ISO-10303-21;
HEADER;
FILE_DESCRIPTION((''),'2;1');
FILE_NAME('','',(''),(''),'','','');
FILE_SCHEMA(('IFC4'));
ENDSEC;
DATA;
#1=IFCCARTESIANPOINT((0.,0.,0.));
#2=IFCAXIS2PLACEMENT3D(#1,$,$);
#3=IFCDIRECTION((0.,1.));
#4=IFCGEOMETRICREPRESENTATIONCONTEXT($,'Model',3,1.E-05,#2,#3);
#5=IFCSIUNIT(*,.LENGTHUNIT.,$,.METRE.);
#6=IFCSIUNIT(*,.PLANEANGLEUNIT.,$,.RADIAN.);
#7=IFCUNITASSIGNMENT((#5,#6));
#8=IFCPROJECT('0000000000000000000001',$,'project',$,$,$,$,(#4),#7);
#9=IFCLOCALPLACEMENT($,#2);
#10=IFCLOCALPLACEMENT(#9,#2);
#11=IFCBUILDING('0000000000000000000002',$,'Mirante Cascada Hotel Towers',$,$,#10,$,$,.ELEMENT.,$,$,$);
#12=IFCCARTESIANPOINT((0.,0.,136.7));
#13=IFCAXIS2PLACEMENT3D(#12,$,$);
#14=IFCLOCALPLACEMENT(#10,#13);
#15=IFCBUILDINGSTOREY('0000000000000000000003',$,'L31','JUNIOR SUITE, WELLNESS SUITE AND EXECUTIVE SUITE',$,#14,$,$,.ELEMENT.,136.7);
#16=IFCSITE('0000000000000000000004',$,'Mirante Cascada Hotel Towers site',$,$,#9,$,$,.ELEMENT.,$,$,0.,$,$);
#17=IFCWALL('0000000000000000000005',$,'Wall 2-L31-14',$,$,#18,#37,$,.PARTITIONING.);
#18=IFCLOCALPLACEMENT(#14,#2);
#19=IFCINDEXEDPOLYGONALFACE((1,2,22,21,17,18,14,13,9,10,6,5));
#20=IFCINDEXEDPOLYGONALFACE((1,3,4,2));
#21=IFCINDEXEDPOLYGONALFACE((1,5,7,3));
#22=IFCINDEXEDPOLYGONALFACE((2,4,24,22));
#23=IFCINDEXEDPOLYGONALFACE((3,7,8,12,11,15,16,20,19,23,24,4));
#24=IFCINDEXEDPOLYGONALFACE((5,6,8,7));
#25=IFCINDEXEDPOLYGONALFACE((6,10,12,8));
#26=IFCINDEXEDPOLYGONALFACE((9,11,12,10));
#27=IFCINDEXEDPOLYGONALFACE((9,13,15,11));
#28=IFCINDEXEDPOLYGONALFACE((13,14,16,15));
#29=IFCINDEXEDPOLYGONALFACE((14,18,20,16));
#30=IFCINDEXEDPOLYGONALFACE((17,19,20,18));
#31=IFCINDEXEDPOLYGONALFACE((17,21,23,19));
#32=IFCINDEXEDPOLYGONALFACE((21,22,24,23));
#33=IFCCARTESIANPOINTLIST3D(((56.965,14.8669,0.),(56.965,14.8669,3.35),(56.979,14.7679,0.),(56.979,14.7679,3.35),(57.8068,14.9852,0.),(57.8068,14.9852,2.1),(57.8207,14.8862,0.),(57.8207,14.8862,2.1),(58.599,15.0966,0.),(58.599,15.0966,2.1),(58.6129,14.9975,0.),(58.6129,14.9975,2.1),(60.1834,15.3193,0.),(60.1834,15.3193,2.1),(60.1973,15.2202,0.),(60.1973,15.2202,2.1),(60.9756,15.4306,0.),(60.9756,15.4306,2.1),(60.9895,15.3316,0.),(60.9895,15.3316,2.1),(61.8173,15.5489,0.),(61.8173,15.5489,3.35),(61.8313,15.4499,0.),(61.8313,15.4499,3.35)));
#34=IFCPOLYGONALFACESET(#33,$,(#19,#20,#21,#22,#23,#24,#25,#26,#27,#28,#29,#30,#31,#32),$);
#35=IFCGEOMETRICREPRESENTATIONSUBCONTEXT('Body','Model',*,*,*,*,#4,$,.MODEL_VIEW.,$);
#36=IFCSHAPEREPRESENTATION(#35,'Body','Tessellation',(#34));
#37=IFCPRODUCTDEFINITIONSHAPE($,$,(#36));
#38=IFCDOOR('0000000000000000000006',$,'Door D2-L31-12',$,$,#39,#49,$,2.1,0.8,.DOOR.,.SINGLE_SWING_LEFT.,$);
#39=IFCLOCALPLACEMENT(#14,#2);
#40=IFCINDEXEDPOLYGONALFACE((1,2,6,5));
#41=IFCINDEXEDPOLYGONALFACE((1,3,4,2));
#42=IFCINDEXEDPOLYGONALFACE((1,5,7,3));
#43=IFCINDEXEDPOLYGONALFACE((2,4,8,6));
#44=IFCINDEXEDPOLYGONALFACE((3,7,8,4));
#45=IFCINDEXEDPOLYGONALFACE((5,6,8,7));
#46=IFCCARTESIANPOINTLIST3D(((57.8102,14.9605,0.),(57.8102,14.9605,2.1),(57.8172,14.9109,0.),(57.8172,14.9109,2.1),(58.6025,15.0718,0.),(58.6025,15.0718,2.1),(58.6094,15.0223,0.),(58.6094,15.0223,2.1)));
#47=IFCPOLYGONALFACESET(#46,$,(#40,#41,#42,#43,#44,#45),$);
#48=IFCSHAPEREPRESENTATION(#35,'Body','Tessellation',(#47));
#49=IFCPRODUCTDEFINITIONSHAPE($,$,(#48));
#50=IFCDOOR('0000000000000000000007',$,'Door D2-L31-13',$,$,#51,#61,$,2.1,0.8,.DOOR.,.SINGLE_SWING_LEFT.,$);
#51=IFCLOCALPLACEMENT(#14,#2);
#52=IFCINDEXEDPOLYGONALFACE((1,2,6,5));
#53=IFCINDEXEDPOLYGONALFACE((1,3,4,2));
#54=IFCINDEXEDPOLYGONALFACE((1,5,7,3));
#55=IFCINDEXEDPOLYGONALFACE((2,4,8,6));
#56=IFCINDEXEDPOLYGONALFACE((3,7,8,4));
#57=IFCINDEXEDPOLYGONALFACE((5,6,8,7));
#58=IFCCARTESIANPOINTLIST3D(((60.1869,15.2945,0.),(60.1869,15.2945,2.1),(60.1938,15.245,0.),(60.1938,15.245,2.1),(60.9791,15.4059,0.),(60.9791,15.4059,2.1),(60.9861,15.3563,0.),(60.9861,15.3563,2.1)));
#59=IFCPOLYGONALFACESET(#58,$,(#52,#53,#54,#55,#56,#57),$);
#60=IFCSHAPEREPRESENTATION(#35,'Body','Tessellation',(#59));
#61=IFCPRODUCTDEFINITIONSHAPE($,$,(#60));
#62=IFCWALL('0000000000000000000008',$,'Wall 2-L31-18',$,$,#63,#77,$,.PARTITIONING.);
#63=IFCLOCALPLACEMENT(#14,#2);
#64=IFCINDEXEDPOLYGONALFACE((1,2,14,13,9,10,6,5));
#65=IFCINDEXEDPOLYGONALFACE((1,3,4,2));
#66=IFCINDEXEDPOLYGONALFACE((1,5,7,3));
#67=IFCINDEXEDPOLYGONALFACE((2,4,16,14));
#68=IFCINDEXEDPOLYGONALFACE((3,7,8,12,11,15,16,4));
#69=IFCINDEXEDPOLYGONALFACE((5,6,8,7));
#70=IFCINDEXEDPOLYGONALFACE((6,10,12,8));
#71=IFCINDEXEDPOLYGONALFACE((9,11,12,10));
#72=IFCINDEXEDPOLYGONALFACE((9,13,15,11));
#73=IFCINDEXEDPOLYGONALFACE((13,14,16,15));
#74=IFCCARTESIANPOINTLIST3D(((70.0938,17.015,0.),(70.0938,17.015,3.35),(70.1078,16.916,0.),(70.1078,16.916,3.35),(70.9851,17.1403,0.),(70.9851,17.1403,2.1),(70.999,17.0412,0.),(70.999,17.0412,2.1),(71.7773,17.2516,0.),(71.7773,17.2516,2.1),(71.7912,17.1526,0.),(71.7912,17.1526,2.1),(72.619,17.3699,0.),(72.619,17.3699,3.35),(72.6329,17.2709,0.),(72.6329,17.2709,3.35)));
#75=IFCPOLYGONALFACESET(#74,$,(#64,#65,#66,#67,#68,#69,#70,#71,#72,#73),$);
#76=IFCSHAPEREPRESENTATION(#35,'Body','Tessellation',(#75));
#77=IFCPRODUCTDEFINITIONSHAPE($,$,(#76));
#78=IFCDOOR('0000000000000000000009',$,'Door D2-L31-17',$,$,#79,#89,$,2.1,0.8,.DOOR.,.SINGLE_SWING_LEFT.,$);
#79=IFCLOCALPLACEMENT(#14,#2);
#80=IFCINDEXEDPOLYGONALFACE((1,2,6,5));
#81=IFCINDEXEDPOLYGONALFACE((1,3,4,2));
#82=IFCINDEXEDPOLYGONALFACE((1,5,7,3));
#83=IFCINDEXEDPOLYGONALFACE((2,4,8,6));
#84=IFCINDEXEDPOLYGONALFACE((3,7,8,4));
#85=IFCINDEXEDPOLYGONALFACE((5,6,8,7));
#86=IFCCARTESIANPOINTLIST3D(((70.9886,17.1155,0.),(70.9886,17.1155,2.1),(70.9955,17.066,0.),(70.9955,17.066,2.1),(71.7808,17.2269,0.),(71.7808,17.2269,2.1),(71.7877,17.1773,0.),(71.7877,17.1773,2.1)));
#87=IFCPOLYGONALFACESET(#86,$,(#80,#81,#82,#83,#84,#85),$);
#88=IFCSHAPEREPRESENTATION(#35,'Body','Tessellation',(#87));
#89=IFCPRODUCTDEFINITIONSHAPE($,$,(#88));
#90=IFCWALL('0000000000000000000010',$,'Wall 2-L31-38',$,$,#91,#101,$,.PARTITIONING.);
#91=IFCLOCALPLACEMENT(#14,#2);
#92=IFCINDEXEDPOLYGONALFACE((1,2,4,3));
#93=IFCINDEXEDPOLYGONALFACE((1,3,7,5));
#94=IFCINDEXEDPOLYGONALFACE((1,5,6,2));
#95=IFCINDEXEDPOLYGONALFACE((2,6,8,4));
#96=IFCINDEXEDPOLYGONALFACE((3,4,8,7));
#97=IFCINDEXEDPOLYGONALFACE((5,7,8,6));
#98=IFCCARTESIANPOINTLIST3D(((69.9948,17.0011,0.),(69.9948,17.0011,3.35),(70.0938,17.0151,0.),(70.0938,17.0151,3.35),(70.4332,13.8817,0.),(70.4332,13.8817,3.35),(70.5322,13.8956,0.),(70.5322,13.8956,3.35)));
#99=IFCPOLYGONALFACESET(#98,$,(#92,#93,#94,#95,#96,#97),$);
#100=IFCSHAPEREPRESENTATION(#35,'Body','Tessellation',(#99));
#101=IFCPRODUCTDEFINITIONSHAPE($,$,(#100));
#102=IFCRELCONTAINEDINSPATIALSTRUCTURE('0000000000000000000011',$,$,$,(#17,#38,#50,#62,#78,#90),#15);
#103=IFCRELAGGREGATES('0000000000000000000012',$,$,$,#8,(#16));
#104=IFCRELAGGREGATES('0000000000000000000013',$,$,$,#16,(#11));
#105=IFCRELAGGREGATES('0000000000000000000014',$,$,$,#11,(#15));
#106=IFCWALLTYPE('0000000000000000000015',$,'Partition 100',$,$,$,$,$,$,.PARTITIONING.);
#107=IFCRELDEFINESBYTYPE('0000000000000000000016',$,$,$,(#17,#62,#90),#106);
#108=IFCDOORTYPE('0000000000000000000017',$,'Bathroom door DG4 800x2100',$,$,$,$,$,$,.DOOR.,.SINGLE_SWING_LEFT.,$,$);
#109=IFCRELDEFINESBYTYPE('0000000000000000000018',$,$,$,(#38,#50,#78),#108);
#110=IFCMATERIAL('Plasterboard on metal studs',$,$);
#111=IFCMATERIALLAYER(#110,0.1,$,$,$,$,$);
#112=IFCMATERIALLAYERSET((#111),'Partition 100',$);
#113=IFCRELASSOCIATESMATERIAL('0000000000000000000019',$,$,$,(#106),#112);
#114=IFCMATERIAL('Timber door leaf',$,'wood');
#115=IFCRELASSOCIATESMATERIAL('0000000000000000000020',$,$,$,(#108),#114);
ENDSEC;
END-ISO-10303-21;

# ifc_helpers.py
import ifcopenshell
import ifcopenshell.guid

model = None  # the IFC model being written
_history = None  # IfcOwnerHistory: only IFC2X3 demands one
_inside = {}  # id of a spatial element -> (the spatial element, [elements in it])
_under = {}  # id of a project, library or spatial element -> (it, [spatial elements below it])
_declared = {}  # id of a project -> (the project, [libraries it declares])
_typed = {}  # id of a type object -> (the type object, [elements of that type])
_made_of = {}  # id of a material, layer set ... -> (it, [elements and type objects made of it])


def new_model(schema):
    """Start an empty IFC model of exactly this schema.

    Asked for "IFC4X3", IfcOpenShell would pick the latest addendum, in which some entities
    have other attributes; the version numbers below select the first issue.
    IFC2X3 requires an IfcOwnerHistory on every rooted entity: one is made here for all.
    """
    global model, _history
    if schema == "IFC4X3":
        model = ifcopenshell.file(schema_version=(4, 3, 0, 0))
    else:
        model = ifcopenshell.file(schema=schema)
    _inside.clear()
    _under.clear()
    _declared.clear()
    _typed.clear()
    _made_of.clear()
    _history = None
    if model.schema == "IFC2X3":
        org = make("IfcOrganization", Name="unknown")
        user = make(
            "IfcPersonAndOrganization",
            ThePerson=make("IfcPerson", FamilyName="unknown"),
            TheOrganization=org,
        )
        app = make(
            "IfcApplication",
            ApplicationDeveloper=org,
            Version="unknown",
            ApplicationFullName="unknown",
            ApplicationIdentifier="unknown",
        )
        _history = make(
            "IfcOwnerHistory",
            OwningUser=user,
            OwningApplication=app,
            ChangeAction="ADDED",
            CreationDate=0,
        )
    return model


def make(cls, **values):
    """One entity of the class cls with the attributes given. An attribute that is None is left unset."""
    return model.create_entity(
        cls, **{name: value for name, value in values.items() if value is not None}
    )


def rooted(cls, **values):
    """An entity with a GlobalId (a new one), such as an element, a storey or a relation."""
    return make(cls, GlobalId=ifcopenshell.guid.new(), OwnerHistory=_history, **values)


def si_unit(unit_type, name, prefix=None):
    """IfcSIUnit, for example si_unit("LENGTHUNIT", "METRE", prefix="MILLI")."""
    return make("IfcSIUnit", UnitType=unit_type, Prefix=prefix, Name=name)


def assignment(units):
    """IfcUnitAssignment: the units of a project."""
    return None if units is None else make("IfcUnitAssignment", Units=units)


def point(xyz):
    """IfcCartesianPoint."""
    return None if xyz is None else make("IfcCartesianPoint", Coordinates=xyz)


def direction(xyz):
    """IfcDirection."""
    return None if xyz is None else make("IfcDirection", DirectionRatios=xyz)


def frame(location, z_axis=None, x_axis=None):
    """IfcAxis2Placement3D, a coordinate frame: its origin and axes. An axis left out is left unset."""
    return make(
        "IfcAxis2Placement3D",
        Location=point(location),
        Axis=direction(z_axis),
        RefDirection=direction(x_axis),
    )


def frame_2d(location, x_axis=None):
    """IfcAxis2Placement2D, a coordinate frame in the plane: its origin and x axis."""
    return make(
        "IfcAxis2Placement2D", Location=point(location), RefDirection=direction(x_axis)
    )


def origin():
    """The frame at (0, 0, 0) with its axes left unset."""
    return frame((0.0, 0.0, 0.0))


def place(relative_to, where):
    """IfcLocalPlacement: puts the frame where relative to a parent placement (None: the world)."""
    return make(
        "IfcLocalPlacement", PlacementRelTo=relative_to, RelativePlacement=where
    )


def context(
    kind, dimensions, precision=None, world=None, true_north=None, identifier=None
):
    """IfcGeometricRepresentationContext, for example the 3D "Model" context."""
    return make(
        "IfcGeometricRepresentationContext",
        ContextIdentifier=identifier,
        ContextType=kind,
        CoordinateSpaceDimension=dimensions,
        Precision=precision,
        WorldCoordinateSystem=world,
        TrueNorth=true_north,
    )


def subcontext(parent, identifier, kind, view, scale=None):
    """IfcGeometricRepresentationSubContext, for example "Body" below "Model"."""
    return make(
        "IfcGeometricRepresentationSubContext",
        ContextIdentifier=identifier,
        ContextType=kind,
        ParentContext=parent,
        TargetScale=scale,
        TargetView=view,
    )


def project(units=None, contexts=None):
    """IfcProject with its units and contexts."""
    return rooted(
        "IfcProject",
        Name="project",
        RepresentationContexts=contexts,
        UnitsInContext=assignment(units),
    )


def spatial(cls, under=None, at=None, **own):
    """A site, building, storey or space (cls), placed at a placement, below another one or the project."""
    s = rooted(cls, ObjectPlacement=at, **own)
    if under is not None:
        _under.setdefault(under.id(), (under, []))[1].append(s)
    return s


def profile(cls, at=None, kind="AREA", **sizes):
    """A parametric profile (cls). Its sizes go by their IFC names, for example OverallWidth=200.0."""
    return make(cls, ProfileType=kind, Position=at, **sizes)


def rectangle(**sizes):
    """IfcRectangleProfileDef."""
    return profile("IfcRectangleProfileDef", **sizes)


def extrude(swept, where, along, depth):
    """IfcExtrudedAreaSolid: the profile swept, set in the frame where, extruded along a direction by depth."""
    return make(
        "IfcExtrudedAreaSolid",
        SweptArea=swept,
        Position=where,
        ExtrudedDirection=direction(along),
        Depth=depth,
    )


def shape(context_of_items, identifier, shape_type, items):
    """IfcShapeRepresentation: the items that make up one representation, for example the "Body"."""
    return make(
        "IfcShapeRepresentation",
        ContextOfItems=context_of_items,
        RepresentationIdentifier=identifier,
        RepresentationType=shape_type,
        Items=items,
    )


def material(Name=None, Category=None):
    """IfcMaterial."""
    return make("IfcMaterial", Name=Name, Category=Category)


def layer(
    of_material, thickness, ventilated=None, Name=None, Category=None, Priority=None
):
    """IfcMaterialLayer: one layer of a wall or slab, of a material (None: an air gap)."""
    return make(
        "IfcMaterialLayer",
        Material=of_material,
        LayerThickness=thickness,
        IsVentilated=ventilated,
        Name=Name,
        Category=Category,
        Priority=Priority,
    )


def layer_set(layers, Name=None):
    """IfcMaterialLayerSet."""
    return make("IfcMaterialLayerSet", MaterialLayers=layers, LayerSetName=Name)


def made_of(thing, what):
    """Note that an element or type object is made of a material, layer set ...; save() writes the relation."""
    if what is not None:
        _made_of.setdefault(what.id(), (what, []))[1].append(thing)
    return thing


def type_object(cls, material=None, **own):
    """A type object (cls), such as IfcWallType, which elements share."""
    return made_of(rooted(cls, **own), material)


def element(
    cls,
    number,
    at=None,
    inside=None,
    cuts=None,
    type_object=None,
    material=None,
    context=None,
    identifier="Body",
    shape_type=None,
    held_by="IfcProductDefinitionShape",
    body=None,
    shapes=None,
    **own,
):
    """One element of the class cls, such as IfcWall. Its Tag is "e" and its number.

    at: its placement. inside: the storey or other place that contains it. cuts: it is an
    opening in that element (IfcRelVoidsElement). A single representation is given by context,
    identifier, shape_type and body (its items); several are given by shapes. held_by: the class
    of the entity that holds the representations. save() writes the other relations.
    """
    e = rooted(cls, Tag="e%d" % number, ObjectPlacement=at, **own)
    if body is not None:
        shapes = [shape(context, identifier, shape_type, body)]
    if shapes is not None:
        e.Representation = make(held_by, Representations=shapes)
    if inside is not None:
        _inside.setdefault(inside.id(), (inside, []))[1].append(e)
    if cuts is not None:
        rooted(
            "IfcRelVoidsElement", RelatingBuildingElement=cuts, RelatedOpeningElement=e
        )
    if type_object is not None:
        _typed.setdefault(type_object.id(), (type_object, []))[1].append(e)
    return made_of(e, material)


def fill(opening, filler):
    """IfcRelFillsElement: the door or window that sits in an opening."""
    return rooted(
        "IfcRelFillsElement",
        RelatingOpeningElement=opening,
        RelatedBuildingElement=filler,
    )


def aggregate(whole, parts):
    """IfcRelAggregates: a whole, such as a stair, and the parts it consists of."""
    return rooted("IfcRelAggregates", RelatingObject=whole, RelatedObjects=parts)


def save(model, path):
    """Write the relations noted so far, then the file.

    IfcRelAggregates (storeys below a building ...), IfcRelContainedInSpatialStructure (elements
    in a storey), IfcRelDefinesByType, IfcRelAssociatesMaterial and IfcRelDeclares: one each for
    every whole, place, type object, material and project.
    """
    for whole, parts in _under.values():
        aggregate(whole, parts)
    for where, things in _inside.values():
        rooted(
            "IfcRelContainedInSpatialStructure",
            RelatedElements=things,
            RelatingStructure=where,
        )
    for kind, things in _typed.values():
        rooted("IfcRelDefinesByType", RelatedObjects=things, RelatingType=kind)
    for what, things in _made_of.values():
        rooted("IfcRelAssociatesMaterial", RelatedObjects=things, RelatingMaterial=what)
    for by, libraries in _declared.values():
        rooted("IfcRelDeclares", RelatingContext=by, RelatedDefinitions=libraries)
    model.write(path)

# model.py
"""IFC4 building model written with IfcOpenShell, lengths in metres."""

from ifc_helpers import new_model, si_unit, direction, frame, frame_2d, origin, place, context, subcontext, project, spatial, rectangle, extrude, material, layer, layer_set, type_object, element, fill, save


model = new_model("IFC4")

# Units and contexts
model_context = context("Model", 3, precision=1e-05, world=origin(), true_north=direction((0.0, 1.0)))
body_context = subcontext(model_context, "Body", "Model", "MODEL_VIEW")
ifc_project = project(units=[si_unit("LENGTHUNIT", "METRE"), si_unit("PLANEANGLEUNIT", "RADIAN")], contexts=[model_context])

# Site, building, storey
site_placement = place(None, origin())
site = spatial("IfcSite", under=ifc_project, at=site_placement, Name="Mirante Cascada Hotel Towers site", CompositionType="ELEMENT", RefElevation=0.0)
building_placement = place(site_placement, origin())
building = spatial("IfcBuilding", under=site, at=building_placement, Name="Mirante Cascada Hotel Towers", CompositionType="ELEMENT")
storey_placement = place(building_placement, frame((0.0, 0.0, 136.7)))
storey = spatial("IfcBuildingStorey", under=building, at=storey_placement, Name="L31", Description="JUNIOR SUITE, WELLNESS SUITE AND EXECUTIVE SUITE", CompositionType="ELEMENT", Elevation=136.7)

# Wall, openings, doors
ifc_material_1 = material(Name="Plasterboard on metal studs")
ifc_layer_1 = layer(ifc_material_1, 0.1)
ifc_layer_set_1 = layer_set([ifc_layer_1], Name="Partition 100")
wall_type_1 = type_object("IfcWallType", Name="Partition 100", PredefinedType="PARTITIONING", material=ifc_layer_set_1)
wall_1_placement = place(storey_placement, frame((56.972, 14.8174, 0.0), z_axis=(0.0, 0.0, 1.0), x_axis=(0.990267, 0.139184, 0.0)))
wall_1 = element("IfcWall", 1, at=wall_1_placement, inside=storey, type_object=wall_type_1, Name="Wall 2-L31-14", PredefinedType="PARTITIONING", context=body_context, shape_type="SweptSolid", body=[
    extrude(rectangle(XDim=4.9, YDim=0.1, at=frame_2d((2.45, 0.0))), origin(), (0.0, 0.0, 1.0), 3.35),
])
opening_1_placement = place(wall_1_placement, frame((0.85, 0.0, 0.0)))
opening_1 = element("IfcOpeningElement", 2, at=opening_1_placement, cuts=wall_1, PredefinedType="OPENING", context=body_context, shape_type="SweptSolid", body=[
    extrude(rectangle(XDim=0.8, YDim=2.1, at=frame_2d((0.4, 1.05))), frame((0.0, 0.05, 0.0), z_axis=(0.0, -1.0, 0.0), x_axis=(1.0, 0.0, 0.0)), (0.0, 0.0, 1.0), 0.1),
])
opening_2_placement = place(wall_1_placement, frame((3.25, 0.0, 0.0)))
opening_2 = element("IfcOpeningElement", 3, at=opening_2_placement, cuts=wall_1, PredefinedType="OPENING", context=body_context, shape_type="SweptSolid", body=[
    extrude(rectangle(XDim=0.8, YDim=2.1, at=frame_2d((0.4, 1.05))), frame((0.0, 0.05, 0.0), z_axis=(0.0, -1.0, 0.0), x_axis=(1.0, 0.0, 0.0)), (0.0, 0.0, 1.0), 0.1),
])
ifc_material_2 = material(Name="Timber door leaf", Category="wood")
door_type = type_object("IfcDoorType", Name="Bathroom door DG4 800x2100", OperationType="SINGLE_SWING_LEFT", PredefinedType="DOOR", material=ifc_material_2)
door_1_placement = place(opening_1_placement, origin())
door_1 = element("IfcDoor", 4, at=door_1_placement, inside=storey, type_object=door_type, Name="Door D2-L31-12", OperationType="SINGLE_SWING_LEFT", OverallHeight=2.1, OverallWidth=0.8, PredefinedType="DOOR", context=body_context, shape_type="SweptSolid", body=[
    extrude(rectangle(XDim=0.8, YDim=2.1, at=frame_2d((0.4, 1.05))), frame((0.0, 0.025, 0.0), z_axis=(0.0, -1.0, 0.0), x_axis=(1.0, 0.0, 0.0)), (0.0, 0.0, 1.0), 0.05),
])
fill(opening_1, door_1)
door_2_placement = place(opening_2_placement, origin())
door_2 = element("IfcDoor", 5, at=door_2_placement, inside=storey, type_object=door_type, Name="Door D2-L31-13", OperationType="SINGLE_SWING_LEFT", OverallHeight=2.1, OverallWidth=0.8, PredefinedType="DOOR", context=body_context, shape_type="SweptSolid", body=[
    extrude(rectangle(XDim=0.8, YDim=2.1, at=frame_2d((0.4, 1.05))), frame((0.0, 0.025, 0.0), z_axis=(0.0, -1.0, 0.0), x_axis=(1.0, 0.0, 0.0)), (0.0, 0.0, 1.0), 0.05),
])
fill(opening_2, door_2)

# Wall, opening, door
wall_2_placement = place(storey_placement, frame((70.1008, 16.9655, 0.0), z_axis=(0.0, 0.0, 1.0), x_axis=(0.990268, 0.139176, 0.0)))
wall_2 = element("IfcWall", 6, at=wall_2_placement, inside=storey, type_object=wall_type_1, Name="Wall 2-L31-18", PredefinedType="PARTITIONING", context=body_context, shape_type="SweptSolid", body=[
    extrude(rectangle(XDim=2.55, YDim=0.1, at=frame_2d((1.275, 0.0))), origin(), (0.0, 0.0, 1.0), 3.35),
])
opening_3_placement = place(wall_2_placement, frame((0.9, 0.0, 0.0)))
opening_3 = element("IfcOpeningElement", 7, at=opening_3_placement, cuts=wall_2, PredefinedType="OPENING", context=body_context, shape_type="SweptSolid", body=[
    extrude(rectangle(XDim=0.8, YDim=2.1, at=frame_2d((0.4, 1.05))), frame((0.0, 0.05, 0.0), z_axis=(0.0, -1.0, 0.0), x_axis=(1.0, 0.0, 0.0)), (0.0, 0.0, 1.0), 0.1),
])
door_3_placement = place(opening_3_placement, origin())
door_3 = element("IfcDoor", 8, at=door_3_placement, inside=storey, type_object=door_type, Name="Door D2-L31-17", OperationType="SINGLE_SWING_LEFT", OverallHeight=2.1, OverallWidth=0.8, PredefinedType="DOOR", context=body_context, shape_type="SweptSolid", body=[
    extrude(rectangle(XDim=0.8, YDim=2.1, at=frame_2d((0.4, 1.05))), frame((0.0, 0.025, 0.0), z_axis=(0.0, -1.0, 0.0), x_axis=(1.0, 0.0, 0.0)), (0.0, 0.0, 1.0), 0.05),
])
fill(opening_3, door_3)

# Wall
wall_3_placement = place(storey_placement, frame((70.4827, 13.8887, 0.0), z_axis=(0.0, 0.0, 1.0), x_axis=(-0.139172, 0.990268, 0.0)))
element("IfcWall", 9, at=wall_3_placement, inside=storey, type_object=wall_type_1, Name="Wall 2-L31-38", PredefinedType="PARTITIONING", context=body_context, shape_type="SweptSolid", body=[
    extrude(rectangle(XDim=3.1501, YDim=0.1, at=frame_2d((1.575, 0.0))), origin(), (0.0, 0.0, 1.0), 3.35),
])

save(model, "model.ifc")
